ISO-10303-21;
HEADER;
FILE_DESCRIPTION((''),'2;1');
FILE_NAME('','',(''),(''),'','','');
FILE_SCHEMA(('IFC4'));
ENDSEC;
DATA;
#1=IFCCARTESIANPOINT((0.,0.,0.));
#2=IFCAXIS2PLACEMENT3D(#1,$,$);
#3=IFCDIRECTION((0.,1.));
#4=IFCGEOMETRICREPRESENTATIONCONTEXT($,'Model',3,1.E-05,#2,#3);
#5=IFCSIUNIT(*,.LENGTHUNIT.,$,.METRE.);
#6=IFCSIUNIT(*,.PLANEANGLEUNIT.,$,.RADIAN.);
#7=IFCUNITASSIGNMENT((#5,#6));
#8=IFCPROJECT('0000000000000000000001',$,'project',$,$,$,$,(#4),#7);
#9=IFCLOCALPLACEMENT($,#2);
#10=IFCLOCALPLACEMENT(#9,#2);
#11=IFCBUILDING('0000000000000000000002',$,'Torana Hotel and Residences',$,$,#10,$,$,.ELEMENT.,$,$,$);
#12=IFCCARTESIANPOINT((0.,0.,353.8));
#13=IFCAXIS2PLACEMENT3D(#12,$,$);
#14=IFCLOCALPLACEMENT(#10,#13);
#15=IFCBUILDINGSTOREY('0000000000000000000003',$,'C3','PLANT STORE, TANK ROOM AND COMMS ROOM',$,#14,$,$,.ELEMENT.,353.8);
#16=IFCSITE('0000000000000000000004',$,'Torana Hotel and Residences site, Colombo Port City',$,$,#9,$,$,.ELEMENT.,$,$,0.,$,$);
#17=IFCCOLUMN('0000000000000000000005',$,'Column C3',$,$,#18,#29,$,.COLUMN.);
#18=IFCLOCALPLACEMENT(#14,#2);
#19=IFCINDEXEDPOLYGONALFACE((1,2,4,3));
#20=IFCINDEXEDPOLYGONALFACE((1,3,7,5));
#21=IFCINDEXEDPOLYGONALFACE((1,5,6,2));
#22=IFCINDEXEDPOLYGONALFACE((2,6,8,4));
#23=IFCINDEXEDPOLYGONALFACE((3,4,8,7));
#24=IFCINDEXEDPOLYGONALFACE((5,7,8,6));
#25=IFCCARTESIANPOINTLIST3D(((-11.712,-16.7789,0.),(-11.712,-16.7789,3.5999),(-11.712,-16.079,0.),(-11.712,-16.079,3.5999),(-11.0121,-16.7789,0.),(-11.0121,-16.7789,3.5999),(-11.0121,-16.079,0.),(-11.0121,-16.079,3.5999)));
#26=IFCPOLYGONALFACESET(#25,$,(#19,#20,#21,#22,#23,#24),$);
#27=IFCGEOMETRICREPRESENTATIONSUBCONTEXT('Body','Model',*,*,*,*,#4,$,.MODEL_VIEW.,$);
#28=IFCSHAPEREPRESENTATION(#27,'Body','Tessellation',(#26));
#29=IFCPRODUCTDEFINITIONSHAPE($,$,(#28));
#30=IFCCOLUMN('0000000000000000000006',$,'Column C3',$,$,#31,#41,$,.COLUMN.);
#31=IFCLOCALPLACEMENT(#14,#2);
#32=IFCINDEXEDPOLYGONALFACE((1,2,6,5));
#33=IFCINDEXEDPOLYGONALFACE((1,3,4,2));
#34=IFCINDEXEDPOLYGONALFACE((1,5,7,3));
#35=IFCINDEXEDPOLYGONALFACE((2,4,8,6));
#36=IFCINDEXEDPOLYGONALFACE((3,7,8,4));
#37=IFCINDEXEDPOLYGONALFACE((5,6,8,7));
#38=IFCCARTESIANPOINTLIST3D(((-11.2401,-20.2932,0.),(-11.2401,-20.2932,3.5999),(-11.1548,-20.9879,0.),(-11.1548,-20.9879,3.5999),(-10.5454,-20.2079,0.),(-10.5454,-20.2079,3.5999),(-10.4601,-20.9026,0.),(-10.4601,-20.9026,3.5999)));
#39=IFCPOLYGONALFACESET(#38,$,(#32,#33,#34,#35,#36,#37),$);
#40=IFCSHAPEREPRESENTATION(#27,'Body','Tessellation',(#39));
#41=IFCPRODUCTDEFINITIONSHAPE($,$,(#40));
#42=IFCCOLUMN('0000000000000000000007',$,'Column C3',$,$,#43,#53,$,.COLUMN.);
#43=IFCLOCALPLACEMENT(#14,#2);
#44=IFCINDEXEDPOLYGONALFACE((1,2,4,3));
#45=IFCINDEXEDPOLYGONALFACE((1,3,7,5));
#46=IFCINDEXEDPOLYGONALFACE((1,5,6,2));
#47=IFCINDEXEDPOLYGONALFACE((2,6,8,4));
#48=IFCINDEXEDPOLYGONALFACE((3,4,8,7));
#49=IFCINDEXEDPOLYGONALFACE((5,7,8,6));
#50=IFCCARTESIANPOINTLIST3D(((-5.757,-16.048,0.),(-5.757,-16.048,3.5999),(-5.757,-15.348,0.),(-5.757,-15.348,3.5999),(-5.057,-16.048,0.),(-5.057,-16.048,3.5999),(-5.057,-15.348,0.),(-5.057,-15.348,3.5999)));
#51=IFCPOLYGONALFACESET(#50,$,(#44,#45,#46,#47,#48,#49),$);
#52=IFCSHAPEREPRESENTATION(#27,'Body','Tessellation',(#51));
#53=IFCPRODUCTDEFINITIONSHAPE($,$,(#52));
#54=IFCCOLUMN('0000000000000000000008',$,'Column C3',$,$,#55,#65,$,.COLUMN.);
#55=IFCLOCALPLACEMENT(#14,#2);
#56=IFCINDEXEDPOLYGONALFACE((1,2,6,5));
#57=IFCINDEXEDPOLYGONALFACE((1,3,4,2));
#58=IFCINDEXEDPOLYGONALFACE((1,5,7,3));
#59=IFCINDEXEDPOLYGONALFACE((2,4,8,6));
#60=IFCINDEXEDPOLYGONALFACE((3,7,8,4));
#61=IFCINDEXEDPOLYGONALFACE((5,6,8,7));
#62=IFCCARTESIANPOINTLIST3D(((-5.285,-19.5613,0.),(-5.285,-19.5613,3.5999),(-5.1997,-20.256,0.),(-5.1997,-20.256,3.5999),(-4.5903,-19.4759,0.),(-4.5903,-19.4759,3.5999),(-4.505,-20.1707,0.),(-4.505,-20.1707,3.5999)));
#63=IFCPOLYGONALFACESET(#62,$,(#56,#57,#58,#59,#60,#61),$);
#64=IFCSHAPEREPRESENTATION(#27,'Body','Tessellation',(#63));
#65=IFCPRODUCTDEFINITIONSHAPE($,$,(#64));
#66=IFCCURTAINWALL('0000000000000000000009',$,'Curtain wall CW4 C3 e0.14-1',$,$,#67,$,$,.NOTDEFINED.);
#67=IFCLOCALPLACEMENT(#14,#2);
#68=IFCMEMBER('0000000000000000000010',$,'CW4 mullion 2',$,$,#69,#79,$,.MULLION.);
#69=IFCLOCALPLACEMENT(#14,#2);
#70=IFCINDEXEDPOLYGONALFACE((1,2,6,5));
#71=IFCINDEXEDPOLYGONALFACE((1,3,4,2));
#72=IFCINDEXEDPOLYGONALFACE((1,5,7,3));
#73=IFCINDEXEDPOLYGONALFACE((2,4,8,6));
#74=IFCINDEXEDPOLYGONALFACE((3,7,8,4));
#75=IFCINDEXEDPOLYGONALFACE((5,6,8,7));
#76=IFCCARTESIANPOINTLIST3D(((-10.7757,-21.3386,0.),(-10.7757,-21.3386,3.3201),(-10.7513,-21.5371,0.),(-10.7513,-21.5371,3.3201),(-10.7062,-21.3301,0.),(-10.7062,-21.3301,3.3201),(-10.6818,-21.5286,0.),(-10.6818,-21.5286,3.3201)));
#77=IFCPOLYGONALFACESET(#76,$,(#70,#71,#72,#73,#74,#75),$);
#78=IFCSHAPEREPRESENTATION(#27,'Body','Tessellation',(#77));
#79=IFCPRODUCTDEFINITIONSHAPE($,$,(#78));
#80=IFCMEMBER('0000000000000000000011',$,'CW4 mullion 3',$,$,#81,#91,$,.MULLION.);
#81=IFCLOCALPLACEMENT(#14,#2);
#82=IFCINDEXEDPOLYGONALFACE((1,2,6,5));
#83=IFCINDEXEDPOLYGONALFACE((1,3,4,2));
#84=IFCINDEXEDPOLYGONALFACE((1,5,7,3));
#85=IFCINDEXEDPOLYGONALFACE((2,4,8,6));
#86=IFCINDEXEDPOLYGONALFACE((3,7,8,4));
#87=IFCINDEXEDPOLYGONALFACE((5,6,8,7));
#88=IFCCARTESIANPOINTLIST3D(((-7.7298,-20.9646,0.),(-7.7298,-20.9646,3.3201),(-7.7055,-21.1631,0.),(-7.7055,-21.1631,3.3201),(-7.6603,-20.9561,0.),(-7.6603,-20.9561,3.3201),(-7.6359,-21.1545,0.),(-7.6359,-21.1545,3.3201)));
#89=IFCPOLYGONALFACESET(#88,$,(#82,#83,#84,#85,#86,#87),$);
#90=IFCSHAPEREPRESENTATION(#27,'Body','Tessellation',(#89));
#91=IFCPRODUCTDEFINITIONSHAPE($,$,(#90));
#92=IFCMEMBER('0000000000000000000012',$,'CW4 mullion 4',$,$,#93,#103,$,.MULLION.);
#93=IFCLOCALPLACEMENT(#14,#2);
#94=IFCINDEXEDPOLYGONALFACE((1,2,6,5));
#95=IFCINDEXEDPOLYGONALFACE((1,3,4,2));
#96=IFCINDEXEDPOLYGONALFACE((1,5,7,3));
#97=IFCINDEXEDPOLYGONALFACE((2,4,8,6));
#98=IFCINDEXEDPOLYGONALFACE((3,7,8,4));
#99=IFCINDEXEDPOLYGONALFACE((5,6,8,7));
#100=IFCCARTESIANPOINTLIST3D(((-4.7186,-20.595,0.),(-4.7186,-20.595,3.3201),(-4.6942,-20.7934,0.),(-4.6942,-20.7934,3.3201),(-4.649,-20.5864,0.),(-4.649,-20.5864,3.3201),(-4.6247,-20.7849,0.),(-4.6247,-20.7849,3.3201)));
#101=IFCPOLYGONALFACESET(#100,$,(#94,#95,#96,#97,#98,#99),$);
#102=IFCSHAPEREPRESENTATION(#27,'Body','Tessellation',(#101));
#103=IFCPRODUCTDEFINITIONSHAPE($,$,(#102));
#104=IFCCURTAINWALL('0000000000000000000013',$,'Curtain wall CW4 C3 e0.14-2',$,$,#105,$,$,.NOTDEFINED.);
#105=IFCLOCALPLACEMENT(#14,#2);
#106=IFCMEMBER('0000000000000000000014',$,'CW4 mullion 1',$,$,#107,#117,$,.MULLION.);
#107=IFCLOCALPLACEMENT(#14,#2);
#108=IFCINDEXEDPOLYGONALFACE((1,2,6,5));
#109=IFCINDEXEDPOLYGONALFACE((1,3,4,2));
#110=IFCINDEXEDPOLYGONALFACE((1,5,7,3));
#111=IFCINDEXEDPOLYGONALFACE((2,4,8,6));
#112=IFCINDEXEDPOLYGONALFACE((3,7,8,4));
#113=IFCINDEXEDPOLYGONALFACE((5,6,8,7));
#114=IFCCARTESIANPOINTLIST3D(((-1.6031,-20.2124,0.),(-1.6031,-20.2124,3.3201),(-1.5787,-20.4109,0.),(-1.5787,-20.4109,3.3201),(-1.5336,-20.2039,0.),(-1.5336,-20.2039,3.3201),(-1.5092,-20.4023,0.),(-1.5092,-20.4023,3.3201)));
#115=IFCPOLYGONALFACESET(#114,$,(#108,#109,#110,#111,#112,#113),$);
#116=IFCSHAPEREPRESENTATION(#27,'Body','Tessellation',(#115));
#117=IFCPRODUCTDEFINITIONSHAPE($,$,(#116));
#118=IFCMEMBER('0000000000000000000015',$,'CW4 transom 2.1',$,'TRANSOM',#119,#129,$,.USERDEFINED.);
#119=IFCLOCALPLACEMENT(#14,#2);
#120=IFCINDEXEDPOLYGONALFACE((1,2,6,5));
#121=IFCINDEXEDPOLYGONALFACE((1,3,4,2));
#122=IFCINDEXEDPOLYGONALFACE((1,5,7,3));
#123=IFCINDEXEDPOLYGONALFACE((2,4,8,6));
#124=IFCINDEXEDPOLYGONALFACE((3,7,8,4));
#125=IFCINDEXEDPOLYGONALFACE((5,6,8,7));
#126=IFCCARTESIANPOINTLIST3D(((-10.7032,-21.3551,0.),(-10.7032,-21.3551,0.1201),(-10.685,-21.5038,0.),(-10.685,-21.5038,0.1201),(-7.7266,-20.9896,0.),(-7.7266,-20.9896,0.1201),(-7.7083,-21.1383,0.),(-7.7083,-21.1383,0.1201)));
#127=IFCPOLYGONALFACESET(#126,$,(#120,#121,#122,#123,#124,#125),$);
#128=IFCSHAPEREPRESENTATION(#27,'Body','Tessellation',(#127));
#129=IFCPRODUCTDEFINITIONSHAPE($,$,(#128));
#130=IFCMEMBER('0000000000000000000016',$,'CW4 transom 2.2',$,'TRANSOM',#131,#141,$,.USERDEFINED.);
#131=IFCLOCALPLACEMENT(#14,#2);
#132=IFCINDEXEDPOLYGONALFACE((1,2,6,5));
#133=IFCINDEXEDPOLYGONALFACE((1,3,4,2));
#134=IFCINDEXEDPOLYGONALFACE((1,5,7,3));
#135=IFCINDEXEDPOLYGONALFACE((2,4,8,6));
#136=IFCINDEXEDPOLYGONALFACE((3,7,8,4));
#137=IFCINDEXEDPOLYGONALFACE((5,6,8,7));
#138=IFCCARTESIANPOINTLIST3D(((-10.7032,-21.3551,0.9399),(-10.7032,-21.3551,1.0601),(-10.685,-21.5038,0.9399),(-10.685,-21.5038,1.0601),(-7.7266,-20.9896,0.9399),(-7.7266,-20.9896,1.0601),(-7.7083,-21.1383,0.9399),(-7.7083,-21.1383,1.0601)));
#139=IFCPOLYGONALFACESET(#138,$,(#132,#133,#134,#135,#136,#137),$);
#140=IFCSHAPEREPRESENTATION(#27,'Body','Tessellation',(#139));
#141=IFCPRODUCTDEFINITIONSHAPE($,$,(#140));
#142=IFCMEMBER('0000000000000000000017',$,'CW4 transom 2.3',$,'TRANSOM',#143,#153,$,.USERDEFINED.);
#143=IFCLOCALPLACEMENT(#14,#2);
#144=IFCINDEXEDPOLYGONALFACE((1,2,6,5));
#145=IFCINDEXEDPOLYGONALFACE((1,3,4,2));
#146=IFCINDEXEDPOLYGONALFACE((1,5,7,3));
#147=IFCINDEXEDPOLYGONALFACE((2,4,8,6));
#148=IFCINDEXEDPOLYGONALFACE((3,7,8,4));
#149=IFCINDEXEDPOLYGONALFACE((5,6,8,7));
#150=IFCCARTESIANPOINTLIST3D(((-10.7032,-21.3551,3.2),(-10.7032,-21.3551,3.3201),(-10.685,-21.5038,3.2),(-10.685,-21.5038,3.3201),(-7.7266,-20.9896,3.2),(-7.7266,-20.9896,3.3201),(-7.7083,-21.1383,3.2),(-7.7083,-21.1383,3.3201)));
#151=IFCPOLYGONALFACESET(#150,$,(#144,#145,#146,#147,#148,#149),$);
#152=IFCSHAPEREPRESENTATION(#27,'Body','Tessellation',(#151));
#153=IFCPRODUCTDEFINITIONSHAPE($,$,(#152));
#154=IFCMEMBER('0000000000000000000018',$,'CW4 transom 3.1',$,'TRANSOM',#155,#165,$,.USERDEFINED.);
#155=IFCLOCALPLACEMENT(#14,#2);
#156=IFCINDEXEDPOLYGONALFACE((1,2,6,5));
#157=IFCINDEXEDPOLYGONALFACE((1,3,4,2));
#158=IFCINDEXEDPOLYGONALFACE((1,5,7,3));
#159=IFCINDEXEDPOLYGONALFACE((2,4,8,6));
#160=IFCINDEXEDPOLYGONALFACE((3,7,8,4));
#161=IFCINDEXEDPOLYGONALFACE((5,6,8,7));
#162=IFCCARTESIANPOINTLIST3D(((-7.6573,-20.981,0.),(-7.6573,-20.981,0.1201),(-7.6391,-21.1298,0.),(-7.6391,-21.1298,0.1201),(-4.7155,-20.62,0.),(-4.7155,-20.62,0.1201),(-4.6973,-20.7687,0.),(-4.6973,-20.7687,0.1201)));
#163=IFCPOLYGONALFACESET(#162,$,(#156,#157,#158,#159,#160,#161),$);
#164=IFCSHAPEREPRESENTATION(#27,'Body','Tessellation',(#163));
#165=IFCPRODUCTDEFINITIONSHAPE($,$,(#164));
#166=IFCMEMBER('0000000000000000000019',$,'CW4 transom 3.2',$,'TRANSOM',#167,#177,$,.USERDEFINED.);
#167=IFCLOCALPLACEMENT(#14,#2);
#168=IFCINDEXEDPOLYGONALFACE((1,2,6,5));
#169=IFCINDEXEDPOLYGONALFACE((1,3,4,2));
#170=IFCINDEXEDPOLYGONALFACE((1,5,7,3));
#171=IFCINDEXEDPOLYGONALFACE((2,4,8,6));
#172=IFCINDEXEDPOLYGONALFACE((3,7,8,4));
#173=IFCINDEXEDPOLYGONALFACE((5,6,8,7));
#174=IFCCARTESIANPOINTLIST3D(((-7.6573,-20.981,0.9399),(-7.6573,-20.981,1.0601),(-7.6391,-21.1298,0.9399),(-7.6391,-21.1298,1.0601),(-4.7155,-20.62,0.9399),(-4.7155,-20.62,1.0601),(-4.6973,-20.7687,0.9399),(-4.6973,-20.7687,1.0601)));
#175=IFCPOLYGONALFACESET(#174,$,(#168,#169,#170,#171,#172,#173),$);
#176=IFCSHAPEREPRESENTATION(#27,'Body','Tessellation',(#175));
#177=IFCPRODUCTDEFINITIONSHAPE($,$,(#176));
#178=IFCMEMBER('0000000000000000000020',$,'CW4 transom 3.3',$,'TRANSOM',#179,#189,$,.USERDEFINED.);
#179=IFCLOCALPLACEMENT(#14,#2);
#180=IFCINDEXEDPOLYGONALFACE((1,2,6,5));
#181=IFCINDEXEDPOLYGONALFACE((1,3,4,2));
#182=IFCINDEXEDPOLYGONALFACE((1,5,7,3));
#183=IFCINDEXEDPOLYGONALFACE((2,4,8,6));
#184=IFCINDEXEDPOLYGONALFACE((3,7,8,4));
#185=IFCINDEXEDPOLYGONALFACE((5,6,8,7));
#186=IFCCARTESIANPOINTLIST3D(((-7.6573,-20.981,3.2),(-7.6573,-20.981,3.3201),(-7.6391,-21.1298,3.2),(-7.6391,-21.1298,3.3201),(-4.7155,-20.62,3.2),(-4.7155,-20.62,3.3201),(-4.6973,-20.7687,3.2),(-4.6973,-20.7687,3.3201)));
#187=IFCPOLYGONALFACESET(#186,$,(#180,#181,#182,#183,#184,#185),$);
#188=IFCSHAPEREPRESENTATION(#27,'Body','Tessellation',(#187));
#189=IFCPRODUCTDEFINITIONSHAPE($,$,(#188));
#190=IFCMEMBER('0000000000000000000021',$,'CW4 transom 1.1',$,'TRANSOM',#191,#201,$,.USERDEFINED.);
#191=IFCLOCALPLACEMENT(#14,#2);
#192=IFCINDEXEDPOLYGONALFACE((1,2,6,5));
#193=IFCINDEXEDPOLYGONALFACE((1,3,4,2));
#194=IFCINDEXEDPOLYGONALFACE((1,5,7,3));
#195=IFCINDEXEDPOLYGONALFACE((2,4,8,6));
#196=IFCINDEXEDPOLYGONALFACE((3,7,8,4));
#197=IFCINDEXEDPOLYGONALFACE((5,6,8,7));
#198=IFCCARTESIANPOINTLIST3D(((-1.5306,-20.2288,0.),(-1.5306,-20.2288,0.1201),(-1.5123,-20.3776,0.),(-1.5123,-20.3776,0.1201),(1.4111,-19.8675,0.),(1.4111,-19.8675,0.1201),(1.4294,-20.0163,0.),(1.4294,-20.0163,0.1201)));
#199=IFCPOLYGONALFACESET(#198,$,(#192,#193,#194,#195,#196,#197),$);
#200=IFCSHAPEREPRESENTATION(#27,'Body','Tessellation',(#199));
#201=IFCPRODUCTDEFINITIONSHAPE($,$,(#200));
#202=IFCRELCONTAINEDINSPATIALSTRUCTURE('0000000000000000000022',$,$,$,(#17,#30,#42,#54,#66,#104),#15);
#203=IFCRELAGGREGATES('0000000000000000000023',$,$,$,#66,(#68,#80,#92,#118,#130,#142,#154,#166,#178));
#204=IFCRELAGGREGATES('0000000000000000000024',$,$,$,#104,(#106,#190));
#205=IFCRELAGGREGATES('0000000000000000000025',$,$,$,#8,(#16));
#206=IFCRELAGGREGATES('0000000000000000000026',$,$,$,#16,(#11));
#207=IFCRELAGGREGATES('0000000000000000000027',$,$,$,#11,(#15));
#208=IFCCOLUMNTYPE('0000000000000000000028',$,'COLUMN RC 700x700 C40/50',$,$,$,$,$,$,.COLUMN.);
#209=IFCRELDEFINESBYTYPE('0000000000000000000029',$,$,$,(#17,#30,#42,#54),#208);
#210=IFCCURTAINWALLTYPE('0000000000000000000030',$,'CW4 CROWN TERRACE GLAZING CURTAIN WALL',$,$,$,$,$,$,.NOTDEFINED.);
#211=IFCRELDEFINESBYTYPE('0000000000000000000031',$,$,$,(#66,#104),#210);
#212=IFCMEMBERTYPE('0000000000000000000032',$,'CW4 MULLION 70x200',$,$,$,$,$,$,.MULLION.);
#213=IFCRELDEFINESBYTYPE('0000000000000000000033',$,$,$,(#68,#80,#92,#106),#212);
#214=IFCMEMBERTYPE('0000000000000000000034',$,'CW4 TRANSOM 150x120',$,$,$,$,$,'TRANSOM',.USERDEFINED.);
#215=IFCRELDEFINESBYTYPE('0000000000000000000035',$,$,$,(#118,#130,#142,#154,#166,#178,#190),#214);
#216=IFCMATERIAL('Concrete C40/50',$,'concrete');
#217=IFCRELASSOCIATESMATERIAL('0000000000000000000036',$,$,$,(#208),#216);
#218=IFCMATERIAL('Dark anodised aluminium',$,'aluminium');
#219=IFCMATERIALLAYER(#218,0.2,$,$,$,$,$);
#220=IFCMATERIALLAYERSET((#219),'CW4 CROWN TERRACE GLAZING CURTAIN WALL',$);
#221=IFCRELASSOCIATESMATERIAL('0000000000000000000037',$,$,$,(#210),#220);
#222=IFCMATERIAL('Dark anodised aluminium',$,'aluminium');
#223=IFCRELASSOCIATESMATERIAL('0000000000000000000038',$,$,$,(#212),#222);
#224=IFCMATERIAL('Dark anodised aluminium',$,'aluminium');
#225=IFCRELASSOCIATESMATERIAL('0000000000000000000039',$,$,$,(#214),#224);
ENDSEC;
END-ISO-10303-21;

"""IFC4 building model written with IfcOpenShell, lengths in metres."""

from ifc_helpers import new_model, si_unit, direction, frame, origin, origin_2d, place, context, subcontext, project, spatial, rectangle, extrude, material, layer, layer_set, material_profile, profile_set, type_object, element, aggregate, save


model = new_model("IFC4")

# Units and contexts
model_context = context("Model", 3, precision=1e-05, world=origin(), true_north=direction((0.0, 1.0)))
body_context = subcontext(model_context, "Body", "Model", "MODEL_VIEW")
ifc_project = project(units=[si_unit("LENGTHUNIT", "METRE"), si_unit("PLANEANGLEUNIT", "RADIAN")], contexts=[model_context])

# Site, building, storey
site_placement = place(None, origin())
site = spatial("IfcSite", under=ifc_project, at=site_placement, Name="Torana Hotel and Residences site, Colombo Port City", CompositionType="ELEMENT", RefElevation=0.0)
building_placement = place(site_placement, origin())
building = spatial("IfcBuilding", under=site, at=building_placement, Name="Torana Hotel and Residences", CompositionType="ELEMENT")
storey_placement = place(building_placement, frame((0.0, 0.0, 353.8)))
storey = spatial("IfcBuildingStorey", under=building, at=storey_placement, Name="C3", Description="PLANT STORE, TANK ROOM AND COMMS ROOM", CompositionType="ELEMENT", Elevation=353.8)

# Columns
ifc_material_1 = material(Name="Concrete C40/50", Category="concrete")
ifc_material_profile_1 = material_profile(ifc_material_1, rectangle(XDim=0.7, YDim=0.7, at=origin_2d()), Name="RC 700x700")
ifc_profile_set_1 = profile_set([ifc_material_profile_1], Name="Concrete C40/50")
column_type = type_object("IfcColumnType", Name="COLUMN RC 700x700 C40/50", PredefinedType="COLUMN", material=ifc_profile_set_1)
for number, where, z_axis, x_axis, name in (
    (1, (-11.3621, -16.429, 0.0), (0.0, 0.0, 1.0), (1.0, 0.0, 0.0), "Column C3"),
    (2, (-10.8501, -20.5979, 0.0), (0.0, 0.0, 1.0), (0.992546, 0.121869, 0.0), "Column C3"),
    (3, (-5.407, -15.698, 0.0), (0.0, 0.0, 1.0), (1.0, 0.0, 0.0), "Column C3"),
    (4, (-4.895, -19.866, 0.0), (0.0, 0.0, 1.0), (0.992546, 0.121869, 0.0), "Column C3"),
):
    element("IfcColumn", number, at=place(storey_placement, frame(where, z_axis=z_axis, x_axis=x_axis)), inside=storey, type_object=column_type, Name=name, PredefinedType="COLUMN", context=body_context, shape_type="SweptSolid", body=[
        extrude(rectangle(XDim=0.7, YDim=0.7, at=origin_2d()), origin(), (0.0, 0.0, 1.0), 3.5999),
    ])

# Curtain wall, members
ifc_material_2 = material(Name="Dark anodised aluminium", Category="aluminium")
ifc_layer_1 = layer(ifc_material_2, 0.2)
ifc_layer_set_1 = layer_set([ifc_layer_1], Name="CW4 CROWN TERRACE GLAZING CURTAIN WALL")
curtain_wall_type = type_object("IfcCurtainWallType", Name="CW4 CROWN TERRACE GLAZING CURTAIN WALL", PredefinedType="NOTDEFINED", material=ifc_layer_set_1)
curtain_wall_1_placement = place(storey_placement, origin())
curtain_wall_1 = element("IfcCurtainWall", 5, at=curtain_wall_1_placement, inside=storey, type_object=curtain_wall_type, Name="Curtain wall CW4 C3 e0.14-1", PredefinedType="NOTDEFINED")
ifc_material_3 = material(Name="Dark anodised aluminium", Category="aluminium")
ifc_material_profile_2 = material_profile(ifc_material_3, rectangle(XDim=0.2, YDim=0.0701, at=origin_2d()), Name="CW4 MULLION 70x200")
ifc_profile_set_2 = profile_set([ifc_material_profile_2], Name="Dark anodised aluminium")
member_type_1 = type_object("IfcMemberType", Name="CW4 MULLION 70x200", PredefinedType="MULLION", material=ifc_profile_set_2)
member_1_placement = place(storey_placement, frame((-10.7288, -21.4336, 0.0), z_axis=(0.0, 0.0, 1.0), x_axis=(-0.121861, 0.992547, 0.0)))
member_1 = element("IfcMember", 6, at=member_1_placement, type_object=member_type_1, Name="CW4 mullion 2", PredefinedType="MULLION", context=body_context, shape_type="SweptSolid", body=[
    extrude(rectangle(XDim=0.2, YDim=0.0701, at=origin_2d()), origin(), (0.0, 0.0, 1.0), 3.3201),
])
member_2_placement = place(storey_placement, frame((-7.6829, -21.0596, 0.0), z_axis=(0.0, 0.0, 1.0), x_axis=(-0.121861, 0.992547, 0.0)))
member_2 = element("IfcMember", 7, at=member_2_placement, type_object=member_type_1, Name="CW4 mullion 3", PredefinedType="MULLION", context=body_context, shape_type="SweptSolid", body=[
    extrude(rectangle(XDim=0.2, YDim=0.0701, at=origin_2d()), origin(), (0.0, 0.0, 1.0), 3.3201),
])
member_3_placement = place(storey_placement, frame((-4.6716, -20.6899, 0.0), z_axis=(0.0, 0.0, 1.0), x_axis=(-0.121861, 0.992547, 0.0)))
member_3 = element("IfcMember", 8, at=member_3_placement, type_object=member_type_1, Name="CW4 mullion 4", PredefinedType="MULLION", context=body_context, shape_type="SweptSolid", body=[
    extrude(rectangle(XDim=0.2, YDim=0.0701, at=origin_2d()), origin(), (0.0, 0.0, 1.0), 3.3201),
])

# Curtain wall, member
curtain_wall_2_placement = place(storey_placement, origin())
curtain_wall_2 = element("IfcCurtainWall", 9, at=curtain_wall_2_placement, inside=storey, type_object=curtain_wall_type, Name="Curtain wall CW4 C3 e0.14-2", PredefinedType="NOTDEFINED")
member_4_placement = place(storey_placement, frame((-1.5562, -20.3074, 0.0), z_axis=(0.0, 0.0, 1.0), x_axis=(-0.121865, 0.992547, 0.0)))
member_4 = element("IfcMember", 10, at=member_4_placement, type_object=member_type_1, Name="CW4 mullion 1", PredefinedType="MULLION", context=body_context, shape_type="SweptSolid", body=[
    extrude(rectangle(XDim=0.2, YDim=0.0701, at=origin_2d()), origin(), (0.0, 0.0, 1.0), 3.3201),
])

# Members
ifc_material_4 = material(Name="Dark anodised aluminium", Category="aluminium")
ifc_material_profile_3 = material_profile(ifc_material_4, rectangle(XDim=0.1499, YDim=0.1201, at=origin_2d()), Name="CW4 TRANSOM 150x120")
ifc_profile_set_3 = profile_set([ifc_material_profile_3], Name="Dark anodised aluminium")
member_type_2 = type_object("IfcMemberType", Name="CW4 TRANSOM 150x120", ElementType="TRANSOM", PredefinedType="USERDEFINED", material=ifc_profile_set_3)
member_5_placement = place(storey_placement, frame((-10.6941, -21.4294, 0.0601), z_axis=(0.992546, 0.12187, 0.0), x_axis=(-0.12187, 0.992546, 0.0)))
member_5 = element("IfcMember", 11, at=member_5_placement, type_object=member_type_2, Name="CW4 transom 2.1", ObjectType="TRANSOM", PredefinedType="USERDEFINED", context=body_context, shape_type="SweptSolid", body=[
    extrude(rectangle(XDim=0.1499, YDim=0.1201, at=origin_2d()), origin(), (0.0, 0.0, 1.0), 2.999),
])
member_6_placement = place(storey_placement, frame((-10.6941, -21.4294, 1.0), z_axis=(0.992546, 0.12187, 0.0), x_axis=(-0.12187, 0.992546, 0.0)))
member_6 = element("IfcMember", 12, at=member_6_placement, type_object=member_type_2, Name="CW4 transom 2.2", ObjectType="TRANSOM", PredefinedType="USERDEFINED", context=body_context, shape_type="SweptSolid", body=[
    extrude(rectangle(XDim=0.1499, YDim=0.1201, at=origin_2d()), origin(), (0.0, 0.0, 1.0), 2.999),
])
member_7_placement = place(storey_placement, frame((-10.6941, -21.4294, 3.26), z_axis=(0.992546, 0.12187, 0.0), x_axis=(-0.12187, 0.992546, 0.0)))
member_7 = element("IfcMember", 13, at=member_7_placement, type_object=member_type_2, Name="CW4 transom 2.3", ObjectType="TRANSOM", PredefinedType="USERDEFINED", context=body_context, shape_type="SweptSolid", body=[
    extrude(rectangle(XDim=0.1499, YDim=0.1201, at=origin_2d()), origin(), (0.0, 0.0, 1.0), 2.999),
])
member_8_placement = place(storey_placement, frame((-7.6482, -21.0554, 0.0601), z_axis=(0.992552, 0.121824, 0.0), x_axis=(-0.121824, 0.992552, 0.0)))
member_8 = element("IfcMember", 14, at=member_8_placement, type_object=member_type_2, Name="CW4 transom 3.1", ObjectType="TRANSOM", PredefinedType="USERDEFINED", context=body_context, shape_type="SweptSolid", body=[
    extrude(rectangle(XDim=0.1499, YDim=0.1201, at=origin_2d()), origin(), (0.0, 0.0, 1.0), 2.9639),
])
member_9_placement = place(storey_placement, frame((-7.6482, -21.0554, 1.0), z_axis=(0.992552, 0.121824, 0.0), x_axis=(-0.121824, 0.992552, 0.0)))
member_9 = element("IfcMember", 15, at=member_9_placement, type_object=member_type_2, Name="CW4 transom 3.2", ObjectType="TRANSOM", PredefinedType="USERDEFINED", context=body_context, shape_type="SweptSolid", body=[
    extrude(rectangle(XDim=0.1499, YDim=0.1201, at=origin_2d()), origin(), (0.0, 0.0, 1.0), 2.9639),
])
member_10_placement = place(storey_placement, frame((-7.6482, -21.0554, 3.26), z_axis=(0.992552, 0.121824, 0.0), x_axis=(-0.121824, 0.992552, 0.0)))
member_10 = element("IfcMember", 16, at=member_10_placement, type_object=member_type_2, Name="CW4 transom 3.3", ObjectType="TRANSOM", PredefinedType="USERDEFINED", context=body_context, shape_type="SweptSolid", body=[
    extrude(rectangle(XDim=0.1499, YDim=0.1201, at=origin_2d()), origin(), (0.0, 0.0, 1.0), 2.9639),
])
member_11_placement = place(storey_placement, frame((-1.5215, -20.3032, 0.0601), z_axis=(0.99254, 0.121916, 0.0), x_axis=(-0.121916, 0.99254, 0.0)))
member_11 = element("IfcMember", 17, at=member_11_placement, type_object=member_type_2, Name="CW4 transom 1.1", ObjectType="TRANSOM", PredefinedType="USERDEFINED", context=body_context, shape_type="SweptSolid", body=[
    extrude(rectangle(XDim=0.1499, YDim=0.1201, at=origin_2d()), origin(), (0.0, 0.0, 1.0), 2.9639),
])

aggregate(curtain_wall_1, [member_1, member_2, member_3, member_5, member_6, member_7, member_8, member_9, member_10])
aggregate(curtain_wall_2, [member_4, member_11])

save(model, "model.ifc")
